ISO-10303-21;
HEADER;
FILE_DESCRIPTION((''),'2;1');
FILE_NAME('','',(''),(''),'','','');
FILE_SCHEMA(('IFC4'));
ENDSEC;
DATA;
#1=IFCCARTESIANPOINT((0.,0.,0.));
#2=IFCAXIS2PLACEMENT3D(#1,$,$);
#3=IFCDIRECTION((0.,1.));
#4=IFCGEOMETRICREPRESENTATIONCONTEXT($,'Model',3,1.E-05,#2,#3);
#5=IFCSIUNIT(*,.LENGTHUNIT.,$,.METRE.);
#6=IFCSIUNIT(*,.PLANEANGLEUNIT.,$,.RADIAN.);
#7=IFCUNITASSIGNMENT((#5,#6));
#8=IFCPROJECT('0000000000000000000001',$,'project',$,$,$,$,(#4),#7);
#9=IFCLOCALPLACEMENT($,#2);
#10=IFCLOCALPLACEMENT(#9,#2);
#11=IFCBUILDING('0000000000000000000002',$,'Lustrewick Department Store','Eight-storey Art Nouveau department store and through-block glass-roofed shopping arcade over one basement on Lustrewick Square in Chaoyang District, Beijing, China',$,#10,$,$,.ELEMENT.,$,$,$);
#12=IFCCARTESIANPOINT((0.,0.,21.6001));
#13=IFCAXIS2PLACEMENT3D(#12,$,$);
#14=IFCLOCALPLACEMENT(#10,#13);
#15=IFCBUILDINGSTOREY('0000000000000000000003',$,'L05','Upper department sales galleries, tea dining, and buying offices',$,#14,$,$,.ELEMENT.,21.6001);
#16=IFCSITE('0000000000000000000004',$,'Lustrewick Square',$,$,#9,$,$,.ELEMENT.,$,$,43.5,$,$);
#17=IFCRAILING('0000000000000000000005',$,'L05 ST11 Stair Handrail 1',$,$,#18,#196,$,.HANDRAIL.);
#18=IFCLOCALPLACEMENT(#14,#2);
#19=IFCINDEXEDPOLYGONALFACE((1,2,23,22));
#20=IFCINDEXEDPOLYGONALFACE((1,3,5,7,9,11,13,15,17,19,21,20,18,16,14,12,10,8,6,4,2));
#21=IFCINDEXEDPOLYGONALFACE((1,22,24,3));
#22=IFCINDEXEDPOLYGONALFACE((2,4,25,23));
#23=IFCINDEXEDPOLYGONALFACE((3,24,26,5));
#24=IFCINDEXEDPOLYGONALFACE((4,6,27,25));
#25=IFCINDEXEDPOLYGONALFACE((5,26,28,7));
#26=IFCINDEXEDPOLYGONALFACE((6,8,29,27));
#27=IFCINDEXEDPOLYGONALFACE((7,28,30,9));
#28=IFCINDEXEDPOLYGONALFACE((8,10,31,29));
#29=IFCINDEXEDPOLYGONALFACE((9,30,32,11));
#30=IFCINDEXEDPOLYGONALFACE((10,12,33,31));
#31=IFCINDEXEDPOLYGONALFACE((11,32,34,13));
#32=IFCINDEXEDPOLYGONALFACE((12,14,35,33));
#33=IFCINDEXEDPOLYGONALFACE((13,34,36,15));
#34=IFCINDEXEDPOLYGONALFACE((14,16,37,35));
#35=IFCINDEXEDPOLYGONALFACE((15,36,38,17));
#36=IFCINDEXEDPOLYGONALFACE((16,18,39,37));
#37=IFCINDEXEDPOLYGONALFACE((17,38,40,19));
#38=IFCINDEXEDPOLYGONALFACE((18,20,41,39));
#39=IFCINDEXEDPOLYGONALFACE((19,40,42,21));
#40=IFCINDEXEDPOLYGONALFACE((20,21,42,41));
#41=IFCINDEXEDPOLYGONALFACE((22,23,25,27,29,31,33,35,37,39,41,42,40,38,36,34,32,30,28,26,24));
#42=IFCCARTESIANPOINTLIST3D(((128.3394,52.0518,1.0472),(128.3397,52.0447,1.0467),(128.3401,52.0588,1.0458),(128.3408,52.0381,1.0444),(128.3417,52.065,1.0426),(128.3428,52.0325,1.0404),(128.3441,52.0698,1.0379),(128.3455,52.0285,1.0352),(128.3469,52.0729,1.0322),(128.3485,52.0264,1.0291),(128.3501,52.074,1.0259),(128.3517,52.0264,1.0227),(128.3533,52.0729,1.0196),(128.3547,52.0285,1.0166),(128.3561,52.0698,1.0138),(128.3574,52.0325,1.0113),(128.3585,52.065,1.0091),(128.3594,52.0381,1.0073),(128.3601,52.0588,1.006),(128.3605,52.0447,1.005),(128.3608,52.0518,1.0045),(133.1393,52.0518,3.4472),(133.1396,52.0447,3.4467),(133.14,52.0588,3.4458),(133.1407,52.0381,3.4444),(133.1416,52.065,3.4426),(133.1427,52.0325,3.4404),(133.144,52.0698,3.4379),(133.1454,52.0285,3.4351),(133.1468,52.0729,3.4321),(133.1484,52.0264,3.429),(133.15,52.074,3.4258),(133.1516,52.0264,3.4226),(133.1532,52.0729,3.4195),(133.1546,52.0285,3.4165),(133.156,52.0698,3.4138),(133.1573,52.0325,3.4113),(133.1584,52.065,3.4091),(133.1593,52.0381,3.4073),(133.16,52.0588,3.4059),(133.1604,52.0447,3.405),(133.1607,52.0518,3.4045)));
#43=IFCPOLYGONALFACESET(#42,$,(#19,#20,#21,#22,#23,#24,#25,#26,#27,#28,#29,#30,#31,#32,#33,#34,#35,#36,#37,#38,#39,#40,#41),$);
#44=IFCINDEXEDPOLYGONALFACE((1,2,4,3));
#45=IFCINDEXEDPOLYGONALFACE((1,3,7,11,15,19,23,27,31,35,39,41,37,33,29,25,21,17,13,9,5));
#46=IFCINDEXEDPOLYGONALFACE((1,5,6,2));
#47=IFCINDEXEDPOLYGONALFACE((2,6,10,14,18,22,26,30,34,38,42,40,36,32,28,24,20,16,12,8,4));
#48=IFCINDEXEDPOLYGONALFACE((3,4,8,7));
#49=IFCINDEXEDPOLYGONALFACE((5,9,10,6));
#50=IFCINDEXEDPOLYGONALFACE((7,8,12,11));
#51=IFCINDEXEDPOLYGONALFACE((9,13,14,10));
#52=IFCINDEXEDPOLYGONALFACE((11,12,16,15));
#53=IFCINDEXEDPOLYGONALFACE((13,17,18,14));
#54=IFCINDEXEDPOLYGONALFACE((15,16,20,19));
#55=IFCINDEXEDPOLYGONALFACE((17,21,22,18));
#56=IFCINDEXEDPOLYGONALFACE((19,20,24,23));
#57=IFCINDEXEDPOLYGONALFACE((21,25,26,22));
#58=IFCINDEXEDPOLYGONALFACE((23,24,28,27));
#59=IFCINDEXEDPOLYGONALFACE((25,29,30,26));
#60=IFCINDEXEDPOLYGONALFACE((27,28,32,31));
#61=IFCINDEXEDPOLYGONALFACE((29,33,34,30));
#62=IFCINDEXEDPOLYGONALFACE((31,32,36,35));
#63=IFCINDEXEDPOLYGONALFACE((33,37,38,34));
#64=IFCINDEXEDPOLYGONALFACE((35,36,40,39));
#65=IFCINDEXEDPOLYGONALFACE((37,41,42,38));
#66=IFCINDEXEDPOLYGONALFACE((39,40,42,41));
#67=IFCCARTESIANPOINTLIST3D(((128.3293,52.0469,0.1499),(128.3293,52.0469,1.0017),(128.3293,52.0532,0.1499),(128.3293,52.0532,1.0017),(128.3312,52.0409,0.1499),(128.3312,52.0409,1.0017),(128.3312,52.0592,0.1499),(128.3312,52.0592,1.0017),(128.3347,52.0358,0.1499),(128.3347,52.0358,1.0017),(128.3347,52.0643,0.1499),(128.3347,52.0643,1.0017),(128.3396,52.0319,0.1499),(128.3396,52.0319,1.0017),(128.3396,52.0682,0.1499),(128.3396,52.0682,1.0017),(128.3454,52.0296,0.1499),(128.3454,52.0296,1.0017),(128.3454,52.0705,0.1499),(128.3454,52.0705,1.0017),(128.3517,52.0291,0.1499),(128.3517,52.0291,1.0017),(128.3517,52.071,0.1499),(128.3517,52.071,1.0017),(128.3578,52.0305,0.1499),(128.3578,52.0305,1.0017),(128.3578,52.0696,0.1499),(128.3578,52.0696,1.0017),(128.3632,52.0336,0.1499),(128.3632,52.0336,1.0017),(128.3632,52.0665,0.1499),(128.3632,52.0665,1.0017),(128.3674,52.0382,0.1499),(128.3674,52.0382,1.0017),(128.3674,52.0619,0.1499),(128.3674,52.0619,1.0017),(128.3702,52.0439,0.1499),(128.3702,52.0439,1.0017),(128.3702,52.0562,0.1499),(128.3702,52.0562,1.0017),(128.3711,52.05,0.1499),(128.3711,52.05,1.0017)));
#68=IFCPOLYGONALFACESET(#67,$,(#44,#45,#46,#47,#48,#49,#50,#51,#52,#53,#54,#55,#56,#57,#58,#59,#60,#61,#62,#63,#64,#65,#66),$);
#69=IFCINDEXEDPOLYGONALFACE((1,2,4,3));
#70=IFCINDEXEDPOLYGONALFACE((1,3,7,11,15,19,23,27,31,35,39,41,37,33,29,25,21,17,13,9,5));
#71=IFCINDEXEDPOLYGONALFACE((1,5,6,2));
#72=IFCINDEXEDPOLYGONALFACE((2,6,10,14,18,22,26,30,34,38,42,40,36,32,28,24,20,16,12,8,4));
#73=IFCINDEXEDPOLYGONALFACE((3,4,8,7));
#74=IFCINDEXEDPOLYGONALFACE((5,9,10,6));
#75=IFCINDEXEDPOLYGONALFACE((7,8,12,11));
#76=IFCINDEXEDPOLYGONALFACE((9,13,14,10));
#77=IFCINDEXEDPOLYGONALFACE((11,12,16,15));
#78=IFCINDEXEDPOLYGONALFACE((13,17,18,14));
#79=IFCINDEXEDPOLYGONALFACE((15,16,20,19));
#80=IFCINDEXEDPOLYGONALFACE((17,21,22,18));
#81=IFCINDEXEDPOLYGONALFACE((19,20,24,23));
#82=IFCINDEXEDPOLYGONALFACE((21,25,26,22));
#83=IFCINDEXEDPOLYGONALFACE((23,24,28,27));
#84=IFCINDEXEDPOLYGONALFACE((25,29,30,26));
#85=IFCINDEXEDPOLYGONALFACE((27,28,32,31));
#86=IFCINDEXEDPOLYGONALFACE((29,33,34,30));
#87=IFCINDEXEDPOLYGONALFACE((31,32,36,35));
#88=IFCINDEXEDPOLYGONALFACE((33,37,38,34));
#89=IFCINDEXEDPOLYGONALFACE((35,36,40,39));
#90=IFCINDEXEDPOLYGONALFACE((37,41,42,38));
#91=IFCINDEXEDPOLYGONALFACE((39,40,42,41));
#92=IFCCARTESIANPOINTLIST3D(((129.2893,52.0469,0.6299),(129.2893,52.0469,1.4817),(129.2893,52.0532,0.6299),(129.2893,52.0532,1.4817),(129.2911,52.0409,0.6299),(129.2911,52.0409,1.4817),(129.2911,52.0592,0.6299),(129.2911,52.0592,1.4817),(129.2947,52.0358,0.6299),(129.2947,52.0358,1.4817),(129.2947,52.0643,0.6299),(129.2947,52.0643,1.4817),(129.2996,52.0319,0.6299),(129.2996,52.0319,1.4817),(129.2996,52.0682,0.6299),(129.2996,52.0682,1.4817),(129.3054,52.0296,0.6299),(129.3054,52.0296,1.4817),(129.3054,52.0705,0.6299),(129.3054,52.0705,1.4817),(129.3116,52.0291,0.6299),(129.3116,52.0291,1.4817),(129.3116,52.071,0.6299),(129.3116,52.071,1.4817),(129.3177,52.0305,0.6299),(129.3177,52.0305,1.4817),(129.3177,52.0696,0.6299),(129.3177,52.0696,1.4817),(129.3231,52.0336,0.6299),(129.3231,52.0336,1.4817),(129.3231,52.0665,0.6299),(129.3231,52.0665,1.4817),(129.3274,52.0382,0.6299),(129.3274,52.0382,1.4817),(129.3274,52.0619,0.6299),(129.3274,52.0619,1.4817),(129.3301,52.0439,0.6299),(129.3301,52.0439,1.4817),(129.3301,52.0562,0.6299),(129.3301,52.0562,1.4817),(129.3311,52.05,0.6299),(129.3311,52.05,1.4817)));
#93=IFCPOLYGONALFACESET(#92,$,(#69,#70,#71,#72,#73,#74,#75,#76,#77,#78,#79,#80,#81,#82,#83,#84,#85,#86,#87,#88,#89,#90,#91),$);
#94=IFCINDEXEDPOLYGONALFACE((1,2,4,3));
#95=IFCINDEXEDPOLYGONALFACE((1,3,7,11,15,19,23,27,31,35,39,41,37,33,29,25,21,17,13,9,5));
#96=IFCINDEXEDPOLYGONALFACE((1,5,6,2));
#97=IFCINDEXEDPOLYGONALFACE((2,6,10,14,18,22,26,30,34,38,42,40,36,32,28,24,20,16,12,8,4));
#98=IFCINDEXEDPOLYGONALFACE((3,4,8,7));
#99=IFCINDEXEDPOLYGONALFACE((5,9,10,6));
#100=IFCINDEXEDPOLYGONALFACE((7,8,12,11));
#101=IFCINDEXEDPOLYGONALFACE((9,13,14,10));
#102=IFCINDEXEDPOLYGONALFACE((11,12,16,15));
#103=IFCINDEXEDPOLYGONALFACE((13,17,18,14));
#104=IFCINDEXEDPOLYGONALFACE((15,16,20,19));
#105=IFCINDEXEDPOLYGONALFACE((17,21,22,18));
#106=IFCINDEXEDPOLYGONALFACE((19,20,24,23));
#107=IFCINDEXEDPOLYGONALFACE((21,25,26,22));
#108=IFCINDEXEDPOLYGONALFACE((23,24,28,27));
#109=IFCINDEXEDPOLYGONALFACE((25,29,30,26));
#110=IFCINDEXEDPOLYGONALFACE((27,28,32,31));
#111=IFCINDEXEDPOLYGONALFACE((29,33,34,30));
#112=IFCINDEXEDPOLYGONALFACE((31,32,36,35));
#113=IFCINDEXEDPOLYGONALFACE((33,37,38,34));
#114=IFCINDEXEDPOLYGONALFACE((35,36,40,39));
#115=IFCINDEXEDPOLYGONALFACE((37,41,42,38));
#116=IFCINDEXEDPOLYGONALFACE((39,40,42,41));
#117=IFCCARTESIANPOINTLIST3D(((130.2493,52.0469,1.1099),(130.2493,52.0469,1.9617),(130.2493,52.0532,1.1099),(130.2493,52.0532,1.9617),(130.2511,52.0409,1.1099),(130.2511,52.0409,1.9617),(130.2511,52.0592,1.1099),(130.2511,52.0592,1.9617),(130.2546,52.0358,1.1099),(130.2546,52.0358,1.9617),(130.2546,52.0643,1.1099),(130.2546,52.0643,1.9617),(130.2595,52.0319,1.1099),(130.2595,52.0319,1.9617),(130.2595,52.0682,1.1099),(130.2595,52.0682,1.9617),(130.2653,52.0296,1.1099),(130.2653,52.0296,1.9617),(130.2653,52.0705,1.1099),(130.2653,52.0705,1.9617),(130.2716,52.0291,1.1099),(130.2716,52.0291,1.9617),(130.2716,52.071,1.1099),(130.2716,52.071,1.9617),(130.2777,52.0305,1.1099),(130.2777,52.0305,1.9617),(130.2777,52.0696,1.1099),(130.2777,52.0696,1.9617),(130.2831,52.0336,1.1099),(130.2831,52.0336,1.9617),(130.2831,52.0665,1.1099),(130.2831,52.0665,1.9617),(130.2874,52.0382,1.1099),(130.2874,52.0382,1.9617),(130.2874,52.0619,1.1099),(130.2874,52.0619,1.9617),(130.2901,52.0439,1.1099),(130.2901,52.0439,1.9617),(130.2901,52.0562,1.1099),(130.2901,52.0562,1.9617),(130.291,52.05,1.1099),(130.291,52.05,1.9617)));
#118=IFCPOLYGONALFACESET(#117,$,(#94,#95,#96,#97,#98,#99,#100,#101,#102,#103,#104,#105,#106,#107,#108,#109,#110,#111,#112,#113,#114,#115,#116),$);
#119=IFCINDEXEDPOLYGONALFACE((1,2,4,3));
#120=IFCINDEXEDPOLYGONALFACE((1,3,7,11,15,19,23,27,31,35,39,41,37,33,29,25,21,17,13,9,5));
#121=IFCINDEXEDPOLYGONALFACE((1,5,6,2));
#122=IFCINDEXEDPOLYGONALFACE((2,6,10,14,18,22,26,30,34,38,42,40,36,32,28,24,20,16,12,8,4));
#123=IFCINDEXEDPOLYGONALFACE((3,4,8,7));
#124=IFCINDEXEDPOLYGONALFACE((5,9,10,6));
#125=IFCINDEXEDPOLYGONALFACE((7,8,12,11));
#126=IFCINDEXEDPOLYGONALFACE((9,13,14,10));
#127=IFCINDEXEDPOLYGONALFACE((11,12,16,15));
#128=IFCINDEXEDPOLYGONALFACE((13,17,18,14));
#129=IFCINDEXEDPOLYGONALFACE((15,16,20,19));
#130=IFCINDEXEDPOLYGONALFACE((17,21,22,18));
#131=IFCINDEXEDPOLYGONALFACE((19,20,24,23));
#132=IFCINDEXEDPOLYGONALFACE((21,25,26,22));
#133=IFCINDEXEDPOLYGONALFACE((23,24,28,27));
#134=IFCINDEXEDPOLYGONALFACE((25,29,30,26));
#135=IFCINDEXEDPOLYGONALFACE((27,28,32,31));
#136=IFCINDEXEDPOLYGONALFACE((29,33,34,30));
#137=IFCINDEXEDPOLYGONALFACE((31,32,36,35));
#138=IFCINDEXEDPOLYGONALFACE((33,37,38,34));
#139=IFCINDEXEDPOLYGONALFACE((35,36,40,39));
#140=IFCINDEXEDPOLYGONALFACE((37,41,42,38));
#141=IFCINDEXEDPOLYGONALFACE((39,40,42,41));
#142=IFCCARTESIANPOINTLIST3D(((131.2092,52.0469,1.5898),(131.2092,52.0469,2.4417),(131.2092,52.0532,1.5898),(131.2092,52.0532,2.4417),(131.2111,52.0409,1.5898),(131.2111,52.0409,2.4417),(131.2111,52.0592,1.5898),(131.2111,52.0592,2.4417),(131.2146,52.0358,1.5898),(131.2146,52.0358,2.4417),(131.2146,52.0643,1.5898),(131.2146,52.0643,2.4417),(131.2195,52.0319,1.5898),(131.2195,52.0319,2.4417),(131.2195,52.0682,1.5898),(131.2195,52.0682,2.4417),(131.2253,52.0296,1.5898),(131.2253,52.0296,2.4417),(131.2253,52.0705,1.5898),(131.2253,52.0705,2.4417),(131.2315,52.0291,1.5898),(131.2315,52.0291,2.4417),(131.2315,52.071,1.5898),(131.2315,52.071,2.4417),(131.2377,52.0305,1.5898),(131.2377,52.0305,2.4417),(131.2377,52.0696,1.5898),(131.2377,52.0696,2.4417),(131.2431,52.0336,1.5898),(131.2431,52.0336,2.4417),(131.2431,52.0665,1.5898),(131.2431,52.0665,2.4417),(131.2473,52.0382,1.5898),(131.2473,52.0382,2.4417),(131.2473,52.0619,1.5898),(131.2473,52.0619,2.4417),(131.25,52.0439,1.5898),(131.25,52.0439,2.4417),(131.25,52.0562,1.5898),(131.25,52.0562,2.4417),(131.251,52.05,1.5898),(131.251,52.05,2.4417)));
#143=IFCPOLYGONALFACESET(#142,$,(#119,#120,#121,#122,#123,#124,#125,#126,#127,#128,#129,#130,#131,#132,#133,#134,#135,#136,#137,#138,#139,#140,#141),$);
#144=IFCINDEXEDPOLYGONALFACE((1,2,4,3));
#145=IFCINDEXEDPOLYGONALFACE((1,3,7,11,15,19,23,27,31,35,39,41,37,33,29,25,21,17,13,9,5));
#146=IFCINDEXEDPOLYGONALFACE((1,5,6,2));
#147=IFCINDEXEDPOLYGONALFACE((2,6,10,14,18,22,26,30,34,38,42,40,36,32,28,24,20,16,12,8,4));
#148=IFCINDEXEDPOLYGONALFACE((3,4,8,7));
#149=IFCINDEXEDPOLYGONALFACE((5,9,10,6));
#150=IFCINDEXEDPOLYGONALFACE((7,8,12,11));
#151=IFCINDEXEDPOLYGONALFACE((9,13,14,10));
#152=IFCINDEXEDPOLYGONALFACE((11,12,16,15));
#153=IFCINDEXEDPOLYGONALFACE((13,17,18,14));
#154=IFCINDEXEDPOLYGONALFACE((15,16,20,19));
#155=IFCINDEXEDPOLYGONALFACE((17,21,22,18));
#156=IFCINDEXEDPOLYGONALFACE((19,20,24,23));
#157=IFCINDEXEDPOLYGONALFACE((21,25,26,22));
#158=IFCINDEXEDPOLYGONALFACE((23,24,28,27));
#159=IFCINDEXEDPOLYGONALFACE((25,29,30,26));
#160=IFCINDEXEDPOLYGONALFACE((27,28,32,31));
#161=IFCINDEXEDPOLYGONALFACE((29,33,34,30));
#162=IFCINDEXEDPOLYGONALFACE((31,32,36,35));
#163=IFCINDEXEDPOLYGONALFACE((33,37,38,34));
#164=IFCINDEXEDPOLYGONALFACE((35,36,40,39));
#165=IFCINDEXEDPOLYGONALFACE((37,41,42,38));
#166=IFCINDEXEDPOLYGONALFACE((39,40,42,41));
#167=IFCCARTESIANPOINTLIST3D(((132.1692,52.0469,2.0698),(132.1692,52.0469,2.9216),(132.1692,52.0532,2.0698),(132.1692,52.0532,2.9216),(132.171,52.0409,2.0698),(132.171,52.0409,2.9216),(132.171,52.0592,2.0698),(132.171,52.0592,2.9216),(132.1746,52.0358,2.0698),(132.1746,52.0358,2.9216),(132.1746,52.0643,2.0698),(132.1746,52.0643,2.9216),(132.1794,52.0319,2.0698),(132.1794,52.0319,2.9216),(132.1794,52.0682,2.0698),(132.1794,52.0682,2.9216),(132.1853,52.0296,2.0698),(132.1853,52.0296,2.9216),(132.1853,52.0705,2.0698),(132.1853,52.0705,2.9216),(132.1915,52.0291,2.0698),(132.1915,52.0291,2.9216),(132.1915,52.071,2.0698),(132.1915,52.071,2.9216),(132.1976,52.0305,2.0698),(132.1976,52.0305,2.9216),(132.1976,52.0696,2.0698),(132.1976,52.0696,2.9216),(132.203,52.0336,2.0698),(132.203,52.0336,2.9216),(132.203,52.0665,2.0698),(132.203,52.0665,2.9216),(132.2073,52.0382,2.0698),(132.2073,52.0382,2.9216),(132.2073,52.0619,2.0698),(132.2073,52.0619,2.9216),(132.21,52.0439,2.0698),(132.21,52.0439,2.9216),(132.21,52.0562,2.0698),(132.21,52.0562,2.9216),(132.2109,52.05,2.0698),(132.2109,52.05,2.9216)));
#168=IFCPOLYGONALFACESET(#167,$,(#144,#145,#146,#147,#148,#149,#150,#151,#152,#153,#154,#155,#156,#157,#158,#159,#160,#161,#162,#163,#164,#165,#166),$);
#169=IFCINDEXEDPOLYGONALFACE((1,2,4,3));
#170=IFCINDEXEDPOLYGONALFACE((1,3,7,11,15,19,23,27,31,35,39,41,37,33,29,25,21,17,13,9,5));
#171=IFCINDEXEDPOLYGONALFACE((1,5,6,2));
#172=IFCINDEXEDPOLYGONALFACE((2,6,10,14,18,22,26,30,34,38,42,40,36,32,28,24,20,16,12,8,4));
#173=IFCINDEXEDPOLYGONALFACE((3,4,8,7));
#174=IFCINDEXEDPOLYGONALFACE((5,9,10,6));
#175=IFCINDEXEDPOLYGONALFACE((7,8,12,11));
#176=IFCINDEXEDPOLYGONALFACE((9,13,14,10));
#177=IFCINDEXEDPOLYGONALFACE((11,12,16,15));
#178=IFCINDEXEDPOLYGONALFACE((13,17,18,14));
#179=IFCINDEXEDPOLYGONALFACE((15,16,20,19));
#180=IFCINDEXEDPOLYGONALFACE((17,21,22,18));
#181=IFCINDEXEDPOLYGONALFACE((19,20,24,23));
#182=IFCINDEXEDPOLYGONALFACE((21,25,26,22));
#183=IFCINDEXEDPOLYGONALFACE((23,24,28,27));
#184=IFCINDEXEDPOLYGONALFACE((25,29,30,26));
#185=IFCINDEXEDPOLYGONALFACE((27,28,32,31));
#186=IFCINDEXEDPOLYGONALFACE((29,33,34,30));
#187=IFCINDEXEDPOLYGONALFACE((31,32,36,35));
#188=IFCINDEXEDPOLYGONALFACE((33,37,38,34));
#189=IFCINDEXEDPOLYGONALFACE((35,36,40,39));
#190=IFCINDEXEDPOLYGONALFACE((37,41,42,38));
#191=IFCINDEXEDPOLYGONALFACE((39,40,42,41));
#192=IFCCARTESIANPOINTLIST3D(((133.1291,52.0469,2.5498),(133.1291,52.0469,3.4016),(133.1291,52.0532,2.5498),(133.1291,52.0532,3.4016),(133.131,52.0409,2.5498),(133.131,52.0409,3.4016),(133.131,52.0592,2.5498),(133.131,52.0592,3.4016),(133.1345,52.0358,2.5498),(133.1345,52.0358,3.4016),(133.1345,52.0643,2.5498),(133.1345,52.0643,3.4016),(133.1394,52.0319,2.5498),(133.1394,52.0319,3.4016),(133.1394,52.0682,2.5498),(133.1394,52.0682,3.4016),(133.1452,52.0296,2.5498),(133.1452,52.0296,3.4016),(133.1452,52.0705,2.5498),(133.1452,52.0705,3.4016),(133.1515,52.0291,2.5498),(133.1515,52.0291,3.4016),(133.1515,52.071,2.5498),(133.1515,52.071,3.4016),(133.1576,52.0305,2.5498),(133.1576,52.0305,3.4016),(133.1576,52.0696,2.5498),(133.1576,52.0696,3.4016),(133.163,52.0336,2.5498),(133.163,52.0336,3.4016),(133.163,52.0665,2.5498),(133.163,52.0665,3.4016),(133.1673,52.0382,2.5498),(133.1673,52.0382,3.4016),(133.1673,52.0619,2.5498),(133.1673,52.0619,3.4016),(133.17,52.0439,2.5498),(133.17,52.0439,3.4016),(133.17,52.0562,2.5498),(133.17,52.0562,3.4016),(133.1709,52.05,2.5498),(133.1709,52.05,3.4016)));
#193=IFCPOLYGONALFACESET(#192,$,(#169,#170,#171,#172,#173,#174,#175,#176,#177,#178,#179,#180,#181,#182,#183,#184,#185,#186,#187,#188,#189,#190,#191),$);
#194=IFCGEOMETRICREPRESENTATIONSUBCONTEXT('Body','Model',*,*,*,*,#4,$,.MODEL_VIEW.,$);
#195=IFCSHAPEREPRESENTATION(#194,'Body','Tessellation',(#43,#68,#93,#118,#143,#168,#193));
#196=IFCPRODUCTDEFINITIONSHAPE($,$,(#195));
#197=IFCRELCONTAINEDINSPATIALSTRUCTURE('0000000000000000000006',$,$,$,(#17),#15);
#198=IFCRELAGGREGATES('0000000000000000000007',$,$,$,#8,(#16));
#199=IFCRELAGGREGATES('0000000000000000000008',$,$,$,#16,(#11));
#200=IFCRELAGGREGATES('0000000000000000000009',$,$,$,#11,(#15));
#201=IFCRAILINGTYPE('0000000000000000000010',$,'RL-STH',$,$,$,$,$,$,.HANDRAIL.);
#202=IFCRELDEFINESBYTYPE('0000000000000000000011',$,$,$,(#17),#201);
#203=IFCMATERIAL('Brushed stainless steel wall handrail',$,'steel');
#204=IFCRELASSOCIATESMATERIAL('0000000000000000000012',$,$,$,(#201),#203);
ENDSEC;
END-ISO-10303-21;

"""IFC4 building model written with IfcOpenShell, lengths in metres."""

from ifc_helpers import new_model, si_unit, direction, frame, origin, origin_2d, place, context, subcontext, project, spatial, circle, extrude, material, type_object, element, save


model = new_model("IFC4")

# Units and contexts
model_context = context("Model", 3, precision=1e-05, world=origin(), true_north=direction((0.0, 1.0)))
body_context = subcontext(model_context, "Body", "Model", "MODEL_VIEW")
ifc_project = project(units=[si_unit("LENGTHUNIT", "METRE"), si_unit("PLANEANGLEUNIT", "RADIAN")], contexts=[model_context])

# Site, building, storey
site_placement = place(None, origin())
site = spatial("IfcSite", under=ifc_project, at=site_placement, Name="Lustrewick Square", CompositionType="ELEMENT", RefElevation=43.5)
building_placement = place(site_placement, origin())
building = spatial("IfcBuilding", under=site, at=building_placement, Name="Lustrewick Department Store", Description="Eight-storey Art Nouveau department store and through-block glass-roofed shopping arcade over one basement on Lustrewick Square in Chaoyang District, Beijing, China", CompositionType="ELEMENT")
storey_placement = place(building_placement, frame((0.0, 0.0, 21.6001)))
storey = spatial("IfcBuildingStorey", under=building, at=storey_placement, Name="L05", Description="Upper department sales galleries, tea dining, and buying offices", CompositionType="ELEMENT", Elevation=21.6001)

# Railing
ifc_material_1 = material(Name="Brushed stainless steel wall handrail", Category="steel")
railing_type_1 = type_object("IfcRailingType", Name="RL-STH", PredefinedType="HANDRAIL", material=ifc_material_1)
railing_1_placement = place(storey_placement, frame((128.3501, 52.05, 0.1499)))
element("IfcRailing", 1, at=railing_1_placement, inside=storey, type_object=railing_type_1, Name="L05 ST11 Stair Handrail 1", PredefinedType="HANDRAIL", context=body_context, shape_type="SweptSolid", body=[
    extrude(circle(Radius=0.0239, at=origin_2d()), frame((0.0, 0.0, 0.876), z_axis=(0.894427, 0.0, 0.447214), x_axis=(0.0, 1.0, 0.0)), (0.0, 0.0, 1.0), 5.3665),
    extrude(circle(Radius=0.021, at=origin_2d()), origin(), (0.0, 0.0, 1.0), 0.8518),
    extrude(circle(Radius=0.021, at=origin_2d()), frame((0.96, 0.0, 0.48)), (0.0, 0.0, 1.0), 0.8518),
    extrude(circle(Radius=0.021, at=origin_2d()), frame((1.9199, 0.0, 0.96)), (0.0, 0.0, 1.0), 0.8518),
    extrude(circle(Radius=0.021, at=origin_2d()), frame((2.8799, 0.0, 1.4399)), (0.0, 0.0, 1.0), 0.8518),
    extrude(circle(Radius=0.021, at=origin_2d()), frame((3.8398, 0.0, 1.9199)), (0.0, 0.0, 1.0), 0.8518),
    extrude(circle(Radius=0.021, at=origin_2d()), frame((4.7998, 0.0, 2.3999)), (0.0, 0.0, 1.0), 0.8518),
])

save(model, "model.ifc")
